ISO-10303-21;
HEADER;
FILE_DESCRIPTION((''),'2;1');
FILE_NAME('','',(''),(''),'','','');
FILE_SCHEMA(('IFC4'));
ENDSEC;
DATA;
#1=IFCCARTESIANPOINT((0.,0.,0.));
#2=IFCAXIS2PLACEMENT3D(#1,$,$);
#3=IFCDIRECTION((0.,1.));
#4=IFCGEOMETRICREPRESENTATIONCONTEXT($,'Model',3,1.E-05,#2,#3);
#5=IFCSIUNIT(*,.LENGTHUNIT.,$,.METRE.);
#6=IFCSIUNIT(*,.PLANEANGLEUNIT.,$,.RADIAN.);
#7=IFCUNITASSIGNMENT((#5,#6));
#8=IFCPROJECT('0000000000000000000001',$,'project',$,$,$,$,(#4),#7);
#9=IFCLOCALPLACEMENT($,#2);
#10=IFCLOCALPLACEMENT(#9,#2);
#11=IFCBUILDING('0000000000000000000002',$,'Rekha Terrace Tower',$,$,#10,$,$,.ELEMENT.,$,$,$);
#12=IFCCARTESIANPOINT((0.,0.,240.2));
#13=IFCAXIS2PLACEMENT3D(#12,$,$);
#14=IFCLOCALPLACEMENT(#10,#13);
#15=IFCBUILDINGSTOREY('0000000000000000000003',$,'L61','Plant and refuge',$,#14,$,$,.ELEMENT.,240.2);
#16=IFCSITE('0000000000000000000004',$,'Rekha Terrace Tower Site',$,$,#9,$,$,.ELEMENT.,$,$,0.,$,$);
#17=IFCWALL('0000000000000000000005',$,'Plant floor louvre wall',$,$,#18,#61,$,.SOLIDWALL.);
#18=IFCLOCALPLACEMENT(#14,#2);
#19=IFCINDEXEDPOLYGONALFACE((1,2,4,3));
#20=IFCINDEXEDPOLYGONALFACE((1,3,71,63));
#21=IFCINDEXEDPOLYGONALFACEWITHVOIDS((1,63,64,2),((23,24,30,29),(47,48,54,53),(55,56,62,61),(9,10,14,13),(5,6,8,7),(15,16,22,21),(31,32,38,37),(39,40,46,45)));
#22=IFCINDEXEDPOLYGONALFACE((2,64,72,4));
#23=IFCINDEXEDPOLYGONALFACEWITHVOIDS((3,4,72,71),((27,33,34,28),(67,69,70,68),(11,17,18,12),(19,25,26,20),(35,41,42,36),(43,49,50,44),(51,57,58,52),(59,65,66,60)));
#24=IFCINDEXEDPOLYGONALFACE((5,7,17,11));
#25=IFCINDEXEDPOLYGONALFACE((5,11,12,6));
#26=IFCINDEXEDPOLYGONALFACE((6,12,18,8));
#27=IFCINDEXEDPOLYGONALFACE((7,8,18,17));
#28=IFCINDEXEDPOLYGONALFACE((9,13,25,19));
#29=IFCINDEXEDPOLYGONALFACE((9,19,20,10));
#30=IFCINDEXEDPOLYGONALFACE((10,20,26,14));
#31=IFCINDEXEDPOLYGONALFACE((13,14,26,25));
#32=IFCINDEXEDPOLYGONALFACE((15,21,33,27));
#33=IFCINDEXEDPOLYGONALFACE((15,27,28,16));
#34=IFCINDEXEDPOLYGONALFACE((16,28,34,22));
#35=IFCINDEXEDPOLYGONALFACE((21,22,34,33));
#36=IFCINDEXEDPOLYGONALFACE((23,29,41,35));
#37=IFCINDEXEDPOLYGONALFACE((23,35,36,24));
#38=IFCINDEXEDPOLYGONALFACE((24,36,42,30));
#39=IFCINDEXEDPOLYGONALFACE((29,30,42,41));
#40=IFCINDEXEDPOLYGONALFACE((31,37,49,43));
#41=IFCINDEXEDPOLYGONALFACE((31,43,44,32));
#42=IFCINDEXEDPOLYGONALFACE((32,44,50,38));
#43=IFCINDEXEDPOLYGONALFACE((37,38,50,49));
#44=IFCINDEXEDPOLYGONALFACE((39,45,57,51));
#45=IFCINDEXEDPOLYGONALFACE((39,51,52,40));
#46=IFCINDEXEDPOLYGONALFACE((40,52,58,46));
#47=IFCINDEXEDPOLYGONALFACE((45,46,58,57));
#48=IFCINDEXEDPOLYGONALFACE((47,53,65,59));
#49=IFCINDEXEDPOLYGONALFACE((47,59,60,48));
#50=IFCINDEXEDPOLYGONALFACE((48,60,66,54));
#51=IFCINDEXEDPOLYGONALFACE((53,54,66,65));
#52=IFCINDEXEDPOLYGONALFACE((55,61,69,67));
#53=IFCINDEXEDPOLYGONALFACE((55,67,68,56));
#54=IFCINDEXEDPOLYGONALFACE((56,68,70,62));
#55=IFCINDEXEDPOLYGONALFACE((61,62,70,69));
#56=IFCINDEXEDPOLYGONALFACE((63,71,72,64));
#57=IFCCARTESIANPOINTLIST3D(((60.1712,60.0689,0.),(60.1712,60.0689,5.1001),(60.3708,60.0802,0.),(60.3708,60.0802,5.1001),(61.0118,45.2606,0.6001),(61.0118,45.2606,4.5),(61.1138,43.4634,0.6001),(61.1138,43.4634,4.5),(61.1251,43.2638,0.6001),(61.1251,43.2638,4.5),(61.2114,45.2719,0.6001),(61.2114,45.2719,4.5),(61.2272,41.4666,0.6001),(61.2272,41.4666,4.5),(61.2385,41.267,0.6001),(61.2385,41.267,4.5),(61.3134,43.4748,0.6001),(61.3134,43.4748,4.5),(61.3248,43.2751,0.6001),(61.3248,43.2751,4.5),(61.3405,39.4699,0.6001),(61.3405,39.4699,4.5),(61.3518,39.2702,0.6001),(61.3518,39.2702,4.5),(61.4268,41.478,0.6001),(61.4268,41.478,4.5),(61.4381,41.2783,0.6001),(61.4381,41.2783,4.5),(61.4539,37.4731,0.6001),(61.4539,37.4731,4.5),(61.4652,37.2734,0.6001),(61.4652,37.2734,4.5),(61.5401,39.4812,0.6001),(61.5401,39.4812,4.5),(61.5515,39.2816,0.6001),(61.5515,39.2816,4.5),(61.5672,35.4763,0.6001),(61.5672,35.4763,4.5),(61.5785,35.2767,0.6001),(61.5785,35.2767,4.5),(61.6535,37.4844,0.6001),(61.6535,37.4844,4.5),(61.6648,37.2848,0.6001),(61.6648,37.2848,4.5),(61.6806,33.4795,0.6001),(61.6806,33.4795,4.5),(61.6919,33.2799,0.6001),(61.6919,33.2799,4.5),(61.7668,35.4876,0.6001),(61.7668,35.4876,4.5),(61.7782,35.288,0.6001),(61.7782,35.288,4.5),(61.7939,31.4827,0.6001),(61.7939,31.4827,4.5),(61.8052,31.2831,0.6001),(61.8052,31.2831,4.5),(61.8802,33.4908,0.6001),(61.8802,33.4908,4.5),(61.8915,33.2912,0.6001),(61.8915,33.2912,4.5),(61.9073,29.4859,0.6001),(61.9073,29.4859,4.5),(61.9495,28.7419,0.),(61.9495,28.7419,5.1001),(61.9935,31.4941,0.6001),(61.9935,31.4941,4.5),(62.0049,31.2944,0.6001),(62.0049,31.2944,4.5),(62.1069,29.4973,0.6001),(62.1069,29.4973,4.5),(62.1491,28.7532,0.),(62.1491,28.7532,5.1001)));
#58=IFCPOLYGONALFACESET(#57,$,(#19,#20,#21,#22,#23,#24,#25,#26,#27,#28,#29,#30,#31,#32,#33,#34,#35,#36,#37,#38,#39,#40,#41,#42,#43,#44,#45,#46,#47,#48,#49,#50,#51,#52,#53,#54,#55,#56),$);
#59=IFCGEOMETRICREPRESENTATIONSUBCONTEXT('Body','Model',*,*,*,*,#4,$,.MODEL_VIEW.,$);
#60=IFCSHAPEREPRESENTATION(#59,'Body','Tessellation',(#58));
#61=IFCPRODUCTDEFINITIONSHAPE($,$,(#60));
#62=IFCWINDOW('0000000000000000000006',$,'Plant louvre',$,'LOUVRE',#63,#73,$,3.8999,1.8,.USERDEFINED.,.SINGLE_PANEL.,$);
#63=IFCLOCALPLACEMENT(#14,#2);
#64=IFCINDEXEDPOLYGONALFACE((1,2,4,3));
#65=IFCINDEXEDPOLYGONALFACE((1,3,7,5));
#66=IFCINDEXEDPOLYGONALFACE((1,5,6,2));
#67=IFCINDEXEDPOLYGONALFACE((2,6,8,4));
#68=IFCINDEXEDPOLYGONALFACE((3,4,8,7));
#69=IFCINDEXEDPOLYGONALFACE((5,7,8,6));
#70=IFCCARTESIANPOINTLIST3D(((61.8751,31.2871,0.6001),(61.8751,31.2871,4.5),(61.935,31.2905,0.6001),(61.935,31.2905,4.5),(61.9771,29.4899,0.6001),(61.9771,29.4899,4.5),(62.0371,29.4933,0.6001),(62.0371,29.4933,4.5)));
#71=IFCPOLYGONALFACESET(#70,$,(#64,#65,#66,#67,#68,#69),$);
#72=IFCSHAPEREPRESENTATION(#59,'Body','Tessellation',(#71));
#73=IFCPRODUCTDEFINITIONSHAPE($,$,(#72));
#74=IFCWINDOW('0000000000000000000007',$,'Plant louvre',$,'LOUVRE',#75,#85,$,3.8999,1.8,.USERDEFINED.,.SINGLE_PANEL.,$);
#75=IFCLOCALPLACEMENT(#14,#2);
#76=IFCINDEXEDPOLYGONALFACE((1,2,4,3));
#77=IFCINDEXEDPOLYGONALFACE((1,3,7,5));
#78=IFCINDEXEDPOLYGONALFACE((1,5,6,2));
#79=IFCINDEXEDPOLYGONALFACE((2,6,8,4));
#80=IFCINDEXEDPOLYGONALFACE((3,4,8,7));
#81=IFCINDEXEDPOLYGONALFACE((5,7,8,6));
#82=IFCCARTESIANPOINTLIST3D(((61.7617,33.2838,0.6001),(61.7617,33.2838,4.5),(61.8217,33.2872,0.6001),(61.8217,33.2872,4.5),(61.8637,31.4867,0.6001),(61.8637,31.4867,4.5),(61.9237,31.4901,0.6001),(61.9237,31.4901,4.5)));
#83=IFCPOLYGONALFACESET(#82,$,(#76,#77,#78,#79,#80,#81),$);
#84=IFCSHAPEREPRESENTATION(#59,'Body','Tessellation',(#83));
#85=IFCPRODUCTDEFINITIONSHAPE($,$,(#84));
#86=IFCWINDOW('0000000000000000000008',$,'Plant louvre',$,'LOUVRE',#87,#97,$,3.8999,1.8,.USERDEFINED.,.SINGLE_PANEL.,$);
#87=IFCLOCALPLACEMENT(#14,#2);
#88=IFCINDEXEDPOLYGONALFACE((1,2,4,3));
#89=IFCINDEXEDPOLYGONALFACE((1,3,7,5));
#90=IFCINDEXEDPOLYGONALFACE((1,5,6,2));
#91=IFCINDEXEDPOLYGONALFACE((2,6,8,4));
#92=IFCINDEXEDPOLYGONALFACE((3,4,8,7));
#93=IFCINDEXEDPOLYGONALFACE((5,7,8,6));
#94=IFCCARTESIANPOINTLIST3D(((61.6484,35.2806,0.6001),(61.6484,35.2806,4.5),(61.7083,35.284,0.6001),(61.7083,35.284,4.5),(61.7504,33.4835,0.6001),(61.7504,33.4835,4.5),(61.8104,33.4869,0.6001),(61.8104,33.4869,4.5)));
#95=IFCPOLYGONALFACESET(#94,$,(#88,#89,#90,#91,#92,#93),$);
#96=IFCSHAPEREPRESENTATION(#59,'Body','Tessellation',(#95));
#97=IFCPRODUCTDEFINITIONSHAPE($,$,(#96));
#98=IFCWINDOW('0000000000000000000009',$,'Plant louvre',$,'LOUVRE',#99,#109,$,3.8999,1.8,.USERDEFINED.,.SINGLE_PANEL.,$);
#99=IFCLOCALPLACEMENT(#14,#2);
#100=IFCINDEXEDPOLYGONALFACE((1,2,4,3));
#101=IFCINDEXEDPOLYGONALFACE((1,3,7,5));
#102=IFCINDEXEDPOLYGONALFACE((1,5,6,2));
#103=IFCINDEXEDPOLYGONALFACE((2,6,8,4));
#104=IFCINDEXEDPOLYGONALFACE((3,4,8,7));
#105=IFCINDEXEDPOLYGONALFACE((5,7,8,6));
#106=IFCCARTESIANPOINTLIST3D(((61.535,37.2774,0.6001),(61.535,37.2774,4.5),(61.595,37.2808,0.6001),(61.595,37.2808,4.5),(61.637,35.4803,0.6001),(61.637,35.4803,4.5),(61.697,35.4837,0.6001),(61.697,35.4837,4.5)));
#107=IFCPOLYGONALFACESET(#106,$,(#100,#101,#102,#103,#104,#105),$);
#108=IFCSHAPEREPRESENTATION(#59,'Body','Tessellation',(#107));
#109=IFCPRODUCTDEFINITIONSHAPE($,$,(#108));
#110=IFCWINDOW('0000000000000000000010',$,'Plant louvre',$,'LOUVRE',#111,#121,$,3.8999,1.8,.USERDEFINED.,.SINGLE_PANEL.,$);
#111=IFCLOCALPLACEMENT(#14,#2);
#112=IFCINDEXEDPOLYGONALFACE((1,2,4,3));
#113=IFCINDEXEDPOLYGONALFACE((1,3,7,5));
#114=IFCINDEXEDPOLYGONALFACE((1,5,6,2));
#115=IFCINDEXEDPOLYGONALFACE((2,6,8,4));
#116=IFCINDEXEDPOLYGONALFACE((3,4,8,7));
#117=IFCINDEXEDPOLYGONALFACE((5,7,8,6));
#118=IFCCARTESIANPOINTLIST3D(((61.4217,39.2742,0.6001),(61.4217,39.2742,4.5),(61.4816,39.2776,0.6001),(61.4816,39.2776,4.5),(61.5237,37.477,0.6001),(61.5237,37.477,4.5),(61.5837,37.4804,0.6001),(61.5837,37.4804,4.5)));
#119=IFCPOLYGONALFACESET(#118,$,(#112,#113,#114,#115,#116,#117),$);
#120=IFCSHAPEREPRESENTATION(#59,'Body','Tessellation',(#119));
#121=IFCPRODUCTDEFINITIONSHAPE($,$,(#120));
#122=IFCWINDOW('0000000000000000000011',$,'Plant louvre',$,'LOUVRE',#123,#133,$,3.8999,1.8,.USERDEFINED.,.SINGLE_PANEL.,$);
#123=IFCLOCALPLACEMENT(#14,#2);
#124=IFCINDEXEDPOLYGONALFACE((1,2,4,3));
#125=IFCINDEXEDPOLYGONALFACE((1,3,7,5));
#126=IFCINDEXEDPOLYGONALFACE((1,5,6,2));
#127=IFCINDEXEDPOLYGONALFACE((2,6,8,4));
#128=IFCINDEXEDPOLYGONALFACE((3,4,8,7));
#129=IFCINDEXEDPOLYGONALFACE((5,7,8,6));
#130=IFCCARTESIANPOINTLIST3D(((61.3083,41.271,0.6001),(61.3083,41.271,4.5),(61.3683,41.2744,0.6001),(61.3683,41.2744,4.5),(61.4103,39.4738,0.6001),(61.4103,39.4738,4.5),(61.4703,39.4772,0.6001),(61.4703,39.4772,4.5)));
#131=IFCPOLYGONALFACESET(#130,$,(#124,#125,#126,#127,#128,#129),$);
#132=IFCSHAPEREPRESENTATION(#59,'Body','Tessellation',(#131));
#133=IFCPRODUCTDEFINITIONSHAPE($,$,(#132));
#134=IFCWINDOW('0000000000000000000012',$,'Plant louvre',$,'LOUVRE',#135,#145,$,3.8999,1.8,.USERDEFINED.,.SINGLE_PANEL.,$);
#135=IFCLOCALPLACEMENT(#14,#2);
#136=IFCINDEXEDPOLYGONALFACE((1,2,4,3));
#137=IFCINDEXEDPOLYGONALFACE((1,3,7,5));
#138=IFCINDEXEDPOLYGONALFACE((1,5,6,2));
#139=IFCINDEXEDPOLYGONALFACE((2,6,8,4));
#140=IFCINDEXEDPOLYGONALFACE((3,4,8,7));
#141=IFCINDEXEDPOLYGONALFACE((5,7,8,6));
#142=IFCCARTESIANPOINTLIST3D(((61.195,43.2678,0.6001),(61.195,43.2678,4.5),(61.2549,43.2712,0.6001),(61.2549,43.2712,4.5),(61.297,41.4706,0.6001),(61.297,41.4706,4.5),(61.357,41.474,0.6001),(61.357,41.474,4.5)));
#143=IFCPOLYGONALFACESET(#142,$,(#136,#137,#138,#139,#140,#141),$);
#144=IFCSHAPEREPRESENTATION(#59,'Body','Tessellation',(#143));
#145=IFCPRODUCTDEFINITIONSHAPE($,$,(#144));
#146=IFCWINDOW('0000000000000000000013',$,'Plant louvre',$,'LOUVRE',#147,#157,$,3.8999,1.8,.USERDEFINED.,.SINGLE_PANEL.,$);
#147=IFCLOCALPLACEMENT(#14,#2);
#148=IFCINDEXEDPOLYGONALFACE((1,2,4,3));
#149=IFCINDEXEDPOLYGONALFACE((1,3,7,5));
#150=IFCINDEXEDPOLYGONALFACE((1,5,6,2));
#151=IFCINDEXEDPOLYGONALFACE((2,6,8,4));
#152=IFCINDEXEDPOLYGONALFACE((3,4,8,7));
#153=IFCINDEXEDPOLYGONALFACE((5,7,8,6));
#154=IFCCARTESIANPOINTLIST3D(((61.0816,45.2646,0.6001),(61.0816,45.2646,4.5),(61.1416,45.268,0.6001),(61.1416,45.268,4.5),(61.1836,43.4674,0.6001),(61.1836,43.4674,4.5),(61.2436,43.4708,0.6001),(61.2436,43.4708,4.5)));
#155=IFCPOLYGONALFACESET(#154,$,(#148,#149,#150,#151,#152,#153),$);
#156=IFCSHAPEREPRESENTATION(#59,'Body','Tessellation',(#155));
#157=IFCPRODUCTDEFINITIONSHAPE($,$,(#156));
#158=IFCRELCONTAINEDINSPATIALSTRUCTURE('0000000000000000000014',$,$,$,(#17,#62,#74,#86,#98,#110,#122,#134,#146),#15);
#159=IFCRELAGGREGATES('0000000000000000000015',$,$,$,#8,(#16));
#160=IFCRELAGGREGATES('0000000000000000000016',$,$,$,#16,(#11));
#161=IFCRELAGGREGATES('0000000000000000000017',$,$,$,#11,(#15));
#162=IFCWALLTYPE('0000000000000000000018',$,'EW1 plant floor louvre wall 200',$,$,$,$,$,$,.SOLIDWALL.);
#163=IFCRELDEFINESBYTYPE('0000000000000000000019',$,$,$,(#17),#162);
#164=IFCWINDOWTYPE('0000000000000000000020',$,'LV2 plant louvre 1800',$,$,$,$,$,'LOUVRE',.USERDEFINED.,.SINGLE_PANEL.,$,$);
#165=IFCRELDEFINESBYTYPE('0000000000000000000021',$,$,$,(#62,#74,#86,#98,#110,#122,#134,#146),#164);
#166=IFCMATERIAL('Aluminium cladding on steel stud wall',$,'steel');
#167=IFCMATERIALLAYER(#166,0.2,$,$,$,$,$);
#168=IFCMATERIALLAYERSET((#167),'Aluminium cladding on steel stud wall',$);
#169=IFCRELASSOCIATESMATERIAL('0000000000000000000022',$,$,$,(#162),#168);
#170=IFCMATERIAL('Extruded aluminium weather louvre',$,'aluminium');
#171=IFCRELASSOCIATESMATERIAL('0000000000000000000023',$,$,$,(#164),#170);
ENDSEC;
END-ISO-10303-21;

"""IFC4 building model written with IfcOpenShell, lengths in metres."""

from ifc_helpers import new_model, si_unit, direction, frame, frame_2d, origin, place, context, subcontext, project, spatial, rectangle, extrude, material, layer, layer_set, type_object, element, fill, save


model = new_model("IFC4")

# Units and contexts
model_context = context("Model", 3, precision=1e-05, world=origin(), true_north=direction((0.0, 1.0)))
body_context = subcontext(model_context, "Body", "Model", "MODEL_VIEW")
ifc_project = project(units=[si_unit("LENGTHUNIT", "METRE"), si_unit("PLANEANGLEUNIT", "RADIAN")], contexts=[model_context])

# Site, building, storey
site_placement = place(None, origin())
site = spatial("IfcSite", under=ifc_project, at=site_placement, Name="Rekha Terrace Tower Site", CompositionType="ELEMENT", RefElevation=0.0)
building_placement = place(site_placement, origin())
building = spatial("IfcBuilding", under=site, at=building_placement, Name="Rekha Terrace Tower", CompositionType="ELEMENT")
storey_placement = place(building_placement, frame((0.0, 0.0, 240.2)))
storey = spatial("IfcBuildingStorey", under=building, at=storey_placement, Name="L61", Description="Plant and refuge", CompositionType="ELEMENT", Elevation=240.2)

# Wall, openings, windows
ifc_material_1 = material(Name="Aluminium cladding on steel stud wall", Category="steel")
ifc_layer = layer(ifc_material_1, 0.2)
ifc_layer_set = layer_set([ifc_layer], Name="Aluminium cladding on steel stud wall")
wall_type = type_object("IfcWallType", Name="EW1 plant floor louvre wall 200", PredefinedType="SOLIDWALL", material=ifc_layer_set)
wall_placement = place(storey_placement, frame((62.0493, 28.7476, 0.0), z_axis=(0.0, 0.0, 1.0), x_axis=(-0.056675, 0.998393, 0.0)))
wall = element("IfcWall", 1, at=wall_placement, inside=storey, type_object=wall_type, Name="Plant floor louvre wall", PredefinedType="SOLIDWALL", context=body_context, shape_type="SweptSolid", body=[
    extrude(rectangle(XDim=31.3774, YDim=0.2, at=frame_2d((15.6887, 0.0))), origin(), (0.0, 0.0, 1.0), 5.1001),
])
opening_1_placement = place(wall_placement, frame((0.7454, 0.0, 0.6001)))
opening_1 = element("IfcOpeningElement", 2, at=opening_1_placement, cuts=wall, PredefinedType="OPENING", context=body_context, shape_type="SweptSolid", body=[
    extrude(rectangle(XDim=1.8, YDim=3.8999, at=frame_2d((0.8999, 1.95))), frame((0.0, 0.1099, 0.0), z_axis=(0.0, -1.0, 0.0), x_axis=(1.0, 0.0, 0.0)), (0.0, 0.0, 1.0), 0.22),
])
opening_2_placement = place(wall_placement, frame((2.7454, 0.0, 0.6001)))
opening_2 = element("IfcOpeningElement", 3, at=opening_2_placement, cuts=wall, PredefinedType="OPENING", context=body_context, shape_type="SweptSolid", body=[
    extrude(rectangle(XDim=1.8, YDim=3.8999, at=frame_2d((0.8999, 1.95))), frame((0.0, 0.1099, 0.0), z_axis=(0.0, -1.0, 0.0), x_axis=(1.0, 0.0, 0.0)), (0.0, 0.0, 1.0), 0.22),
])
opening_3_placement = place(wall_placement, frame((4.7454, 0.0, 0.6001)))
opening_3 = element("IfcOpeningElement", 4, at=opening_3_placement, cuts=wall, PredefinedType="OPENING", context=body_context, shape_type="SweptSolid", body=[
    extrude(rectangle(XDim=1.8, YDim=3.8999, at=frame_2d((0.8999, 1.95))), frame((0.0, 0.1099, 0.0), z_axis=(0.0, -1.0, 0.0), x_axis=(1.0, 0.0, 0.0)), (0.0, 0.0, 1.0), 0.22),
])
opening_4_placement = place(wall_placement, frame((6.7454, 0.0, 0.6001)))
opening_4 = element("IfcOpeningElement", 5, at=opening_4_placement, cuts=wall, PredefinedType="OPENING", context=body_context, shape_type="SweptSolid", body=[
    extrude(rectangle(XDim=1.8, YDim=3.8999, at=frame_2d((0.8999, 1.95))), frame((0.0, 0.1099, 0.0), z_axis=(0.0, -1.0, 0.0), x_axis=(1.0, 0.0, 0.0)), (0.0, 0.0, 1.0), 0.22),
])
opening_5_placement = place(wall_placement, frame((8.7454, 0.0, 0.6001)))
opening_5 = element("IfcOpeningElement", 6, at=opening_5_placement, cuts=wall, PredefinedType="OPENING", context=body_context, shape_type="SweptSolid", body=[
    extrude(rectangle(XDim=1.8, YDim=3.8999, at=frame_2d((0.8999, 1.95))), frame((0.0, 0.1099, 0.0), z_axis=(0.0, -1.0, 0.0), x_axis=(1.0, 0.0, 0.0)), (0.0, 0.0, 1.0), 0.22),
])
opening_6_placement = place(wall_placement, frame((10.7454, 0.0, 0.6001)))
opening_6 = element("IfcOpeningElement", 7, at=opening_6_placement, cuts=wall, PredefinedType="OPENING", context=body_context, shape_type="SweptSolid", body=[
    extrude(rectangle(XDim=1.8, YDim=3.8999, at=frame_2d((0.8999, 1.95))), frame((0.0, 0.1099, 0.0), z_axis=(0.0, -1.0, 0.0), x_axis=(1.0, 0.0, 0.0)), (0.0, 0.0, 1.0), 0.22),
])
opening_7_placement = place(wall_placement, frame((12.7454, 0.0, 0.6001)))
opening_7 = element("IfcOpeningElement", 8, at=opening_7_placement, cuts=wall, PredefinedType="OPENING", context=body_context, shape_type="SweptSolid", body=[
    extrude(rectangle(XDim=1.8, YDim=3.8999, at=frame_2d((0.8999, 1.95))), frame((0.0, 0.1099, 0.0), z_axis=(0.0, -1.0, 0.0), x_axis=(1.0, 0.0, 0.0)), (0.0, 0.0, 1.0), 0.22),
])
opening_8_placement = place(wall_placement, frame((14.7454, 0.0, 0.6001)))
opening_8 = element("IfcOpeningElement", 9, at=opening_8_placement, cuts=wall, PredefinedType="OPENING", context=body_context, shape_type="SweptSolid", body=[
    extrude(rectangle(XDim=1.8, YDim=3.8999, at=frame_2d((0.8999, 1.95))), frame((0.0, 0.1099, 0.0), z_axis=(0.0, -1.0, 0.0), x_axis=(1.0, 0.0, 0.0)), (0.0, 0.0, 1.0), 0.22),
])
ifc_material_2 = material(Name="Extruded aluminium weather louvre", Category="aluminium")
window_type = type_object("IfcWindowType", Name="LV2 plant louvre 1800", ElementType="LOUVRE", PartitioningType="SINGLE_PANEL", PredefinedType="USERDEFINED", material=ifc_material_2)
window_1_placement = place(opening_1_placement, origin())
window_1 = element("IfcWindow", 10, at=window_1_placement, inside=storey, type_object=window_type, Name="Plant louvre", ObjectType="LOUVRE", OverallHeight=3.8999, OverallWidth=1.8, PartitioningType="SINGLE_PANEL", PredefinedType="USERDEFINED", context=body_context, shape_type="SweptSolid", body=[
    extrude(rectangle(XDim=1.8, YDim=3.8999, at=frame_2d((0.8999, 1.95))), frame((0.0, 0.03, 0.0), z_axis=(0.0, -1.0, 0.0), x_axis=(1.0, 0.0, 0.0)), (0.0, 0.0, 1.0), 0.0601),
])
fill(opening_1, window_1)
window_2_placement = place(opening_2_placement, origin())
window_2 = element("IfcWindow", 11, at=window_2_placement, inside=storey, type_object=window_type, Name="Plant louvre", ObjectType="LOUVRE", OverallHeight=3.8999, OverallWidth=1.8, PartitioningType="SINGLE_PANEL", PredefinedType="USERDEFINED", context=body_context, shape_type="SweptSolid", body=[
    extrude(rectangle(XDim=1.8, YDim=3.8999, at=frame_2d((0.8999, 1.95))), frame((0.0, 0.03, 0.0), z_axis=(0.0, -1.0, 0.0), x_axis=(1.0, 0.0, 0.0)), (0.0, 0.0, 1.0), 0.0601),
])
fill(opening_2, window_2)
window_3_placement = place(opening_3_placement, origin())
window_3 = element("IfcWindow", 12, at=window_3_placement, inside=storey, type_object=window_type, Name="Plant louvre", ObjectType="LOUVRE", OverallHeight=3.8999, OverallWidth=1.8, PartitioningType="SINGLE_PANEL", PredefinedType="USERDEFINED", context=body_context, shape_type="SweptSolid", body=[
    extrude(rectangle(XDim=1.8, YDim=3.8999, at=frame_2d((0.8999, 1.95))), frame((0.0, 0.03, 0.0), z_axis=(0.0, -1.0, 0.0), x_axis=(1.0, 0.0, 0.0)), (0.0, 0.0, 1.0), 0.0601),
])
fill(opening_3, window_3)
window_4_placement = place(opening_4_placement, origin())
window_4 = element("IfcWindow", 13, at=window_4_placement, inside=storey, type_object=window_type, Name="Plant louvre", ObjectType="LOUVRE", OverallHeight=3.8999, OverallWidth=1.8, PartitioningType="SINGLE_PANEL", PredefinedType="USERDEFINED", context=body_context, shape_type="SweptSolid", body=[
    extrude(rectangle(XDim=1.8, YDim=3.8999, at=frame_2d((0.8999, 1.95))), frame((0.0, 0.03, 0.0), z_axis=(0.0, -1.0, 0.0), x_axis=(1.0, 0.0, 0.0)), (0.0, 0.0, 1.0), 0.0601),
])
fill(opening_4, window_4)
window_5_placement = place(opening_5_placement, origin())
window_5 = element("IfcWindow", 14, at=window_5_placement, inside=storey, type_object=window_type, Name="Plant louvre", ObjectType="LOUVRE", OverallHeight=3.8999, OverallWidth=1.8, PartitioningType="SINGLE_PANEL", PredefinedType="USERDEFINED", context=body_context, shape_type="SweptSolid", body=[
    extrude(rectangle(XDim=1.8, YDim=3.8999, at=frame_2d((0.8999, 1.95))), frame((0.0, 0.03, 0.0), z_axis=(0.0, -1.0, 0.0), x_axis=(1.0, 0.0, 0.0)), (0.0, 0.0, 1.0), 0.0601),
])
fill(opening_5, window_5)
window_6_placement = place(opening_6_placement, origin())
window_6 = element("IfcWindow", 15, at=window_6_placement, inside=storey, type_object=window_type, Name="Plant louvre", ObjectType="LOUVRE", OverallHeight=3.8999, OverallWidth=1.8, PartitioningType="SINGLE_PANEL", PredefinedType="USERDEFINED", context=body_context, shape_type="SweptSolid", body=[
    extrude(rectangle(XDim=1.8, YDim=3.8999, at=frame_2d((0.8999, 1.95))), frame((0.0, 0.03, 0.0), z_axis=(0.0, -1.0, 0.0), x_axis=(1.0, 0.0, 0.0)), (0.0, 0.0, 1.0), 0.0601),
])
fill(opening_6, window_6)
window_7_placement = place(opening_7_placement, origin())
window_7 = element("IfcWindow", 16, at=window_7_placement, inside=storey, type_object=window_type, Name="Plant louvre", ObjectType="LOUVRE", OverallHeight=3.8999, OverallWidth=1.8, PartitioningType="SINGLE_PANEL", PredefinedType="USERDEFINED", context=body_context, shape_type="SweptSolid", body=[
    extrude(rectangle(XDim=1.8, YDim=3.8999, at=frame_2d((0.8999, 1.95))), frame((0.0, 0.03, 0.0), z_axis=(0.0, -1.0, 0.0), x_axis=(1.0, 0.0, 0.0)), (0.0, 0.0, 1.0), 0.0601),
])
fill(opening_7, window_7)
window_8_placement = place(opening_8_placement, origin())
window_8 = element("IfcWindow", 17, at=window_8_placement, inside=storey, type_object=window_type, Name="Plant louvre", ObjectType="LOUVRE", OverallHeight=3.8999, OverallWidth=1.8, PartitioningType="SINGLE_PANEL", PredefinedType="USERDEFINED", context=body_context, shape_type="SweptSolid", body=[
    extrude(rectangle(XDim=1.8, YDim=3.8999, at=frame_2d((0.8999, 1.95))), frame((0.0, 0.03, 0.0), z_axis=(0.0, -1.0, 0.0), x_axis=(1.0, 0.0, 0.0)), (0.0, 0.0, 1.0), 0.0601),
])
fill(opening_8, window_8)

save(model, "model.ifc")
